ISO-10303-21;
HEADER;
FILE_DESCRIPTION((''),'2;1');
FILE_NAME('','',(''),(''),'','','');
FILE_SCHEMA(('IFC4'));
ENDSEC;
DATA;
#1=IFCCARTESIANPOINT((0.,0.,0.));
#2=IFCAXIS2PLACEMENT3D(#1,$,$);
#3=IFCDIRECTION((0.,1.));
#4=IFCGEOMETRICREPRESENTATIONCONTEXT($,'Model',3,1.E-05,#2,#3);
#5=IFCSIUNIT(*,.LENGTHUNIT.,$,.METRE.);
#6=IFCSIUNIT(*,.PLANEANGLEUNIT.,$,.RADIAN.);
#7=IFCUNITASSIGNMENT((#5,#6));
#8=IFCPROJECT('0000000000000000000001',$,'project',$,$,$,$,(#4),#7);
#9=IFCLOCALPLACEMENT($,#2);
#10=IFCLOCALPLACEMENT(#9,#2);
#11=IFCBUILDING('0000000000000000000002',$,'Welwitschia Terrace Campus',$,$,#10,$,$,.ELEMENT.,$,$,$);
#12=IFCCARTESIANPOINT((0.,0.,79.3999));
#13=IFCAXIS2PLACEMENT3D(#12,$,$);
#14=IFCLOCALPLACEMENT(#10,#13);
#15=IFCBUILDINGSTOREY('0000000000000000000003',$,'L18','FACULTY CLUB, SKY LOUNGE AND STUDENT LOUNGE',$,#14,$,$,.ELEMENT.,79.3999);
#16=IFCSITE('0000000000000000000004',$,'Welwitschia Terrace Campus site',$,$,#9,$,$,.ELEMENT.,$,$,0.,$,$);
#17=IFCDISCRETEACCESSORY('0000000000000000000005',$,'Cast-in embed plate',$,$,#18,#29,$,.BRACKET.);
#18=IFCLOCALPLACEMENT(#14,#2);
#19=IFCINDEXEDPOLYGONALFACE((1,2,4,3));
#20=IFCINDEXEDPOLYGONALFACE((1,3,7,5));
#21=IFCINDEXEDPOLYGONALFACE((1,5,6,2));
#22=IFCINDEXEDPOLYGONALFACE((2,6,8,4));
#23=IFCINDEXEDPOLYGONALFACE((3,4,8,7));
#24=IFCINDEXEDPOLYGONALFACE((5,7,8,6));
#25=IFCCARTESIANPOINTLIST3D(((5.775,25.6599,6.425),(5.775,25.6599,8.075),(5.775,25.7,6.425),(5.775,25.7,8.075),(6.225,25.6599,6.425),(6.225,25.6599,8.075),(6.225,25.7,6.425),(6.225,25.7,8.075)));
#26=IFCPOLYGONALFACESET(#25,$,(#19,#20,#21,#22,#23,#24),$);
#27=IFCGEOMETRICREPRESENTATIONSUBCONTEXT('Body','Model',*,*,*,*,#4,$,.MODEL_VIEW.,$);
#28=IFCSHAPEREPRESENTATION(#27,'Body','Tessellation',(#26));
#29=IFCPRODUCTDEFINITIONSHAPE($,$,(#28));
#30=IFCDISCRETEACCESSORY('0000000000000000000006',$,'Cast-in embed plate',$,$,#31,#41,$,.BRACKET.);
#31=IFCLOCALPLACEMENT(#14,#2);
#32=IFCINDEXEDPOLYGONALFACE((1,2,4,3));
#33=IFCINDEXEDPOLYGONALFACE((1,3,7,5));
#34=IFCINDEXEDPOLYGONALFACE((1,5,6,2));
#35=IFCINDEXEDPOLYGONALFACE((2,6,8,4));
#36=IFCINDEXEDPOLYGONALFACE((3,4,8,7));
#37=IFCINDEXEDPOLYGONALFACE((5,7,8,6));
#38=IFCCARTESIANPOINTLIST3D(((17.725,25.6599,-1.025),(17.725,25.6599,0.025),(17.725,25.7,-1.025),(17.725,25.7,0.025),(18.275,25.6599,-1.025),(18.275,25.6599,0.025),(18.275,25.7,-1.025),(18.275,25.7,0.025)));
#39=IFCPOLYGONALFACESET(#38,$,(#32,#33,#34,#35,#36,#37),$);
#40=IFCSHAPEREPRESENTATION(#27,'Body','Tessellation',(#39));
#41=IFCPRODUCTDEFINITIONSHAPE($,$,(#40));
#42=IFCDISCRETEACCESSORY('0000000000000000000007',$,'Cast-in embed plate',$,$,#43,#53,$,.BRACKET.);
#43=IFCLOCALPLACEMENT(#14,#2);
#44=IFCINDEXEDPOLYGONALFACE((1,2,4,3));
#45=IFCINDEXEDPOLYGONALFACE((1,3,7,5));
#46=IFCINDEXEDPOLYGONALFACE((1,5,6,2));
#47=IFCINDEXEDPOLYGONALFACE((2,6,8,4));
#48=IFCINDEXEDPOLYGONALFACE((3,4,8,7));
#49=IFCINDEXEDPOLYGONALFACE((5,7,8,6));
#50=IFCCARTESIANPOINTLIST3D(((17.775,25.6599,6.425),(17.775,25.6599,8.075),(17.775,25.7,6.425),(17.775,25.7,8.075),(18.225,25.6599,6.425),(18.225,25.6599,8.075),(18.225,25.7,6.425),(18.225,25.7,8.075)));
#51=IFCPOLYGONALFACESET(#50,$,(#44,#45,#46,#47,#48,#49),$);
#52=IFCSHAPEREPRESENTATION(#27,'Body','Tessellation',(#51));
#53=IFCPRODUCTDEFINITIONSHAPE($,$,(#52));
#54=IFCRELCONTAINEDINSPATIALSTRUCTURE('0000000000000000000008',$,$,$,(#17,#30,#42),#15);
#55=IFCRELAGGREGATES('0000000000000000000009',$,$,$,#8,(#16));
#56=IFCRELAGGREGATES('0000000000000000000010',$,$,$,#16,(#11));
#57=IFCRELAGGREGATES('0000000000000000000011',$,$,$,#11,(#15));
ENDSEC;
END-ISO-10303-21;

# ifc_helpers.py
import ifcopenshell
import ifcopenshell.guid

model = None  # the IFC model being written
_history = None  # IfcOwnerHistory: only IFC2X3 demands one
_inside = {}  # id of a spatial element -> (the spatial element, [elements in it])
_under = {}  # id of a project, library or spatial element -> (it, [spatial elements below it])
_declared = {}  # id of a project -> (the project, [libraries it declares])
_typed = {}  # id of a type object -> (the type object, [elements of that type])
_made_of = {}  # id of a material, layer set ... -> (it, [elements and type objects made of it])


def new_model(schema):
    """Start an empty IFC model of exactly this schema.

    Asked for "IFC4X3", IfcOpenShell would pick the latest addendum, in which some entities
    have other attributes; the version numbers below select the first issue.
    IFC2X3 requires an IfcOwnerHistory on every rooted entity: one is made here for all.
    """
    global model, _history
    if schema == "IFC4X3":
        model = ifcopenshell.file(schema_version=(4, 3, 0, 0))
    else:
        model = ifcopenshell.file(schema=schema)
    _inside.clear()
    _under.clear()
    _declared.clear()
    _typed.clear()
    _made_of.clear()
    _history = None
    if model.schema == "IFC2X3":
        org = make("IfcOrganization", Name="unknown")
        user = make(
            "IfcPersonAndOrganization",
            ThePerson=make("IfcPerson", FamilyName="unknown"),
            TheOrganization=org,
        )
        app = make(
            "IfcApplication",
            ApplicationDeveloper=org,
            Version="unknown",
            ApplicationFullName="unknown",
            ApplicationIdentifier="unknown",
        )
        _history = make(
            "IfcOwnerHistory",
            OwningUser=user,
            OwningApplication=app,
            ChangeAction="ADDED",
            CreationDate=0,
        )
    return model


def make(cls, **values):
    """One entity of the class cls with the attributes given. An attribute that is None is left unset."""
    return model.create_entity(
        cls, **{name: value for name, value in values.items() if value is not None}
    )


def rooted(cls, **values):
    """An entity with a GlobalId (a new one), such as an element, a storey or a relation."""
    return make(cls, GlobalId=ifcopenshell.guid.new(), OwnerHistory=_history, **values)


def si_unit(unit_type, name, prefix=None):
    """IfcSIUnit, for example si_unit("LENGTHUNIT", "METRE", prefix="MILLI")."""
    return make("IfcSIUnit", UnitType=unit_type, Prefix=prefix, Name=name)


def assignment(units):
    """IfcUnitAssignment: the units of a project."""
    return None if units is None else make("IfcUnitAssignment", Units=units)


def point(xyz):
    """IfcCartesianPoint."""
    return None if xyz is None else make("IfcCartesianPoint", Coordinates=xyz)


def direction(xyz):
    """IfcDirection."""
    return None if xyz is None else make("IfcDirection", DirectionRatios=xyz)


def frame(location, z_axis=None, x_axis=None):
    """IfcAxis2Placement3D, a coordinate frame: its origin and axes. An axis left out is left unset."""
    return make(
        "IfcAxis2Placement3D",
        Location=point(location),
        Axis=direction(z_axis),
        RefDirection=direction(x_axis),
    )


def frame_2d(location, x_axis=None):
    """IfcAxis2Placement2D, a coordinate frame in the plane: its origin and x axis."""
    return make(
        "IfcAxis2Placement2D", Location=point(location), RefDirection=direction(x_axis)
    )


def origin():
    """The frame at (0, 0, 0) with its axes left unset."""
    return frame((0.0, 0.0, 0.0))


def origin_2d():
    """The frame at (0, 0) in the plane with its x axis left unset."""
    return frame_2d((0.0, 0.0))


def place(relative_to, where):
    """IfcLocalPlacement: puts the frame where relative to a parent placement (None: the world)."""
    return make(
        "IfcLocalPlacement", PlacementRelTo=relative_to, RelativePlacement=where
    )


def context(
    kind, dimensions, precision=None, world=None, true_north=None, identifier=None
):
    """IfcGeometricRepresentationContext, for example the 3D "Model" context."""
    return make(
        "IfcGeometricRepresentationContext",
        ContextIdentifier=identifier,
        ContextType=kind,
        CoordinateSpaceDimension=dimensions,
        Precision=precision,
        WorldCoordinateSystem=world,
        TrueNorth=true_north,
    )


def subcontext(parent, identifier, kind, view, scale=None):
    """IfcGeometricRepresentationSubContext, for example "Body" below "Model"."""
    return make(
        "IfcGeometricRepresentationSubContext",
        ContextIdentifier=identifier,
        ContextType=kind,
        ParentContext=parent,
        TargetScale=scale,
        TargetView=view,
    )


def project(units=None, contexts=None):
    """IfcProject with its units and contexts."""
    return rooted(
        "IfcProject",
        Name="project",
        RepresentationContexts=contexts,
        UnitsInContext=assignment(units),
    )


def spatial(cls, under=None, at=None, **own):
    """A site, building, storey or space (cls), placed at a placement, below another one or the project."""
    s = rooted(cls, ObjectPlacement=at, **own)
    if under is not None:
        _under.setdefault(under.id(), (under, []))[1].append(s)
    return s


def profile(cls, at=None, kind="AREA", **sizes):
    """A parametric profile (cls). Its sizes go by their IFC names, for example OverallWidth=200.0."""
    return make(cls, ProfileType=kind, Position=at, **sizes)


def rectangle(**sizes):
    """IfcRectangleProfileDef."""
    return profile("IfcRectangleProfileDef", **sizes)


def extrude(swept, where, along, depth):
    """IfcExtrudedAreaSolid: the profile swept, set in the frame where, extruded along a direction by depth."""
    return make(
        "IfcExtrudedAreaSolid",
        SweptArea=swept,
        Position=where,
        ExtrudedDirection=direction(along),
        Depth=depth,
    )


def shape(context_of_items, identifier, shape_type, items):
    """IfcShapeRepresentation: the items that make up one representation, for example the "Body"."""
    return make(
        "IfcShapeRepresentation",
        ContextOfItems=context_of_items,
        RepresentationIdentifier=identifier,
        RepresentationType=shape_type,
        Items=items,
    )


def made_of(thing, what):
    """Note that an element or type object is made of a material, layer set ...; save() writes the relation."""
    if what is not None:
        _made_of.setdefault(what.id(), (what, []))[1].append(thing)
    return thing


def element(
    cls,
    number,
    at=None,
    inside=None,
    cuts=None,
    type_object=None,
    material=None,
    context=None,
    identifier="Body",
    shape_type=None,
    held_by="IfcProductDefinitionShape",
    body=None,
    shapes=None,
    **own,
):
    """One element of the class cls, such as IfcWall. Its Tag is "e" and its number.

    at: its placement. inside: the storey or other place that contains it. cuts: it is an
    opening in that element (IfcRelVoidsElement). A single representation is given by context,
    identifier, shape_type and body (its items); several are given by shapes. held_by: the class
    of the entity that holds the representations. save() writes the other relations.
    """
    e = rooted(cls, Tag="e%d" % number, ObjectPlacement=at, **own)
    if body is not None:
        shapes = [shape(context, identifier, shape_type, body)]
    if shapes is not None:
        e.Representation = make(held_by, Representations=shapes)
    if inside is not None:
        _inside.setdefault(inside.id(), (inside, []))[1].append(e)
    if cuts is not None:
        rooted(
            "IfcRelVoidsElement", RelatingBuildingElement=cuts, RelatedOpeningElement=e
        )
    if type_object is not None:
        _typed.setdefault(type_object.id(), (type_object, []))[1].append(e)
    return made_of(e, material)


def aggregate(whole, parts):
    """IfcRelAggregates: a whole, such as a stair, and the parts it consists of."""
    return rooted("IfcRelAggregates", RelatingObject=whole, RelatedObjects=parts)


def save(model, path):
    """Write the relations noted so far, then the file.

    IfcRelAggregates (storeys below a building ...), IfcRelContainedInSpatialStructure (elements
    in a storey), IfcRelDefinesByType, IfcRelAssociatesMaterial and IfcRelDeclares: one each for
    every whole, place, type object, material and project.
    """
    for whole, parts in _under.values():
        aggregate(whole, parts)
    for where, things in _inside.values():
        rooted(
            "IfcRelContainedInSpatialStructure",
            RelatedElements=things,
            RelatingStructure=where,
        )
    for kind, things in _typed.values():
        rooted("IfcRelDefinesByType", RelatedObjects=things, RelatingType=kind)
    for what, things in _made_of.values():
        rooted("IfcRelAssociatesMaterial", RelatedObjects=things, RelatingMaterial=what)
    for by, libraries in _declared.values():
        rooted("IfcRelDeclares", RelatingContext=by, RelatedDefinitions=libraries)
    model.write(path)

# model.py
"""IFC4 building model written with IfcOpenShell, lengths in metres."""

from ifc_helpers import new_model, si_unit, direction, frame, origin, origin_2d, place, context, subcontext, project, spatial, rectangle, extrude, element, save


model = new_model("IFC4")

# Units and contexts
model_context = context("Model", 3, precision=1e-05, world=origin(), true_north=direction((0.0, 1.0)))
body_context = subcontext(model_context, "Body", "Model", "MODEL_VIEW")
ifc_project = project(units=[si_unit("LENGTHUNIT", "METRE"), si_unit("PLANEANGLEUNIT", "RADIAN")], contexts=[model_context])

# Site, building, storey
site_placement = place(None, origin())
site = spatial("IfcSite", under=ifc_project, at=site_placement, Name="Welwitschia Terrace Campus site", CompositionType="ELEMENT", RefElevation=0.0)
building_placement = place(site_placement, origin())
building = spatial("IfcBuilding", under=site, at=building_placement, Name="Welwitschia Terrace Campus", CompositionType="ELEMENT")
storey_placement = place(building_placement, frame((0.0, 0.0, 79.3999)))
storey = spatial("IfcBuildingStorey", under=building, at=storey_placement, Name="L18", Description="FACULTY CLUB, SKY LOUNGE AND STUDENT LOUNGE", CompositionType="ELEMENT", Elevation=79.3999)

# Discrete accessories
discrete_accessory_1_placement = place(storey_placement, frame((6.0, 25.7, 7.25), z_axis=(0.0, -1.0, 0.0), x_axis=(1.0, 0.0, 0.0)))
element("IfcDiscreteAccessory", 1, at=discrete_accessory_1_placement, inside=storey, Name="Cast-in embed plate", PredefinedType="BRACKET", context=body_context, shape_type="SweptSolid", body=[
    extrude(rectangle(XDim=0.45, YDim=1.6499, at=origin_2d()), origin(), (0.0, 0.0, 1.0), 0.04),
])
discrete_accessory_2_placement = place(storey_placement, frame((18.0, 25.7, -0.5), z_axis=(0.0, -1.0, 0.0), x_axis=(1.0, 0.0, 0.0)))
element("IfcDiscreteAccessory", 2, at=discrete_accessory_2_placement, inside=storey, Name="Cast-in embed plate", PredefinedType="BRACKET", context=body_context, shape_type="SweptSolid", body=[
    extrude(rectangle(XDim=0.55, YDim=1.05, at=origin_2d()), origin(), (0.0, 0.0, 1.0), 0.04),
])
discrete_accessory_3_placement = place(storey_placement, frame((18.0, 25.7, 7.25), z_axis=(0.0, -1.0, 0.0), x_axis=(1.0, 0.0, 0.0)))
element("IfcDiscreteAccessory", 3, at=discrete_accessory_3_placement, inside=storey, Name="Cast-in embed plate", PredefinedType="BRACKET", context=body_context, shape_type="SweptSolid", body=[
    extrude(rectangle(XDim=0.45, YDim=1.6499, at=origin_2d()), origin(), (0.0, 0.0, 1.0), 0.04),
])

save(model, "model.ifc")
